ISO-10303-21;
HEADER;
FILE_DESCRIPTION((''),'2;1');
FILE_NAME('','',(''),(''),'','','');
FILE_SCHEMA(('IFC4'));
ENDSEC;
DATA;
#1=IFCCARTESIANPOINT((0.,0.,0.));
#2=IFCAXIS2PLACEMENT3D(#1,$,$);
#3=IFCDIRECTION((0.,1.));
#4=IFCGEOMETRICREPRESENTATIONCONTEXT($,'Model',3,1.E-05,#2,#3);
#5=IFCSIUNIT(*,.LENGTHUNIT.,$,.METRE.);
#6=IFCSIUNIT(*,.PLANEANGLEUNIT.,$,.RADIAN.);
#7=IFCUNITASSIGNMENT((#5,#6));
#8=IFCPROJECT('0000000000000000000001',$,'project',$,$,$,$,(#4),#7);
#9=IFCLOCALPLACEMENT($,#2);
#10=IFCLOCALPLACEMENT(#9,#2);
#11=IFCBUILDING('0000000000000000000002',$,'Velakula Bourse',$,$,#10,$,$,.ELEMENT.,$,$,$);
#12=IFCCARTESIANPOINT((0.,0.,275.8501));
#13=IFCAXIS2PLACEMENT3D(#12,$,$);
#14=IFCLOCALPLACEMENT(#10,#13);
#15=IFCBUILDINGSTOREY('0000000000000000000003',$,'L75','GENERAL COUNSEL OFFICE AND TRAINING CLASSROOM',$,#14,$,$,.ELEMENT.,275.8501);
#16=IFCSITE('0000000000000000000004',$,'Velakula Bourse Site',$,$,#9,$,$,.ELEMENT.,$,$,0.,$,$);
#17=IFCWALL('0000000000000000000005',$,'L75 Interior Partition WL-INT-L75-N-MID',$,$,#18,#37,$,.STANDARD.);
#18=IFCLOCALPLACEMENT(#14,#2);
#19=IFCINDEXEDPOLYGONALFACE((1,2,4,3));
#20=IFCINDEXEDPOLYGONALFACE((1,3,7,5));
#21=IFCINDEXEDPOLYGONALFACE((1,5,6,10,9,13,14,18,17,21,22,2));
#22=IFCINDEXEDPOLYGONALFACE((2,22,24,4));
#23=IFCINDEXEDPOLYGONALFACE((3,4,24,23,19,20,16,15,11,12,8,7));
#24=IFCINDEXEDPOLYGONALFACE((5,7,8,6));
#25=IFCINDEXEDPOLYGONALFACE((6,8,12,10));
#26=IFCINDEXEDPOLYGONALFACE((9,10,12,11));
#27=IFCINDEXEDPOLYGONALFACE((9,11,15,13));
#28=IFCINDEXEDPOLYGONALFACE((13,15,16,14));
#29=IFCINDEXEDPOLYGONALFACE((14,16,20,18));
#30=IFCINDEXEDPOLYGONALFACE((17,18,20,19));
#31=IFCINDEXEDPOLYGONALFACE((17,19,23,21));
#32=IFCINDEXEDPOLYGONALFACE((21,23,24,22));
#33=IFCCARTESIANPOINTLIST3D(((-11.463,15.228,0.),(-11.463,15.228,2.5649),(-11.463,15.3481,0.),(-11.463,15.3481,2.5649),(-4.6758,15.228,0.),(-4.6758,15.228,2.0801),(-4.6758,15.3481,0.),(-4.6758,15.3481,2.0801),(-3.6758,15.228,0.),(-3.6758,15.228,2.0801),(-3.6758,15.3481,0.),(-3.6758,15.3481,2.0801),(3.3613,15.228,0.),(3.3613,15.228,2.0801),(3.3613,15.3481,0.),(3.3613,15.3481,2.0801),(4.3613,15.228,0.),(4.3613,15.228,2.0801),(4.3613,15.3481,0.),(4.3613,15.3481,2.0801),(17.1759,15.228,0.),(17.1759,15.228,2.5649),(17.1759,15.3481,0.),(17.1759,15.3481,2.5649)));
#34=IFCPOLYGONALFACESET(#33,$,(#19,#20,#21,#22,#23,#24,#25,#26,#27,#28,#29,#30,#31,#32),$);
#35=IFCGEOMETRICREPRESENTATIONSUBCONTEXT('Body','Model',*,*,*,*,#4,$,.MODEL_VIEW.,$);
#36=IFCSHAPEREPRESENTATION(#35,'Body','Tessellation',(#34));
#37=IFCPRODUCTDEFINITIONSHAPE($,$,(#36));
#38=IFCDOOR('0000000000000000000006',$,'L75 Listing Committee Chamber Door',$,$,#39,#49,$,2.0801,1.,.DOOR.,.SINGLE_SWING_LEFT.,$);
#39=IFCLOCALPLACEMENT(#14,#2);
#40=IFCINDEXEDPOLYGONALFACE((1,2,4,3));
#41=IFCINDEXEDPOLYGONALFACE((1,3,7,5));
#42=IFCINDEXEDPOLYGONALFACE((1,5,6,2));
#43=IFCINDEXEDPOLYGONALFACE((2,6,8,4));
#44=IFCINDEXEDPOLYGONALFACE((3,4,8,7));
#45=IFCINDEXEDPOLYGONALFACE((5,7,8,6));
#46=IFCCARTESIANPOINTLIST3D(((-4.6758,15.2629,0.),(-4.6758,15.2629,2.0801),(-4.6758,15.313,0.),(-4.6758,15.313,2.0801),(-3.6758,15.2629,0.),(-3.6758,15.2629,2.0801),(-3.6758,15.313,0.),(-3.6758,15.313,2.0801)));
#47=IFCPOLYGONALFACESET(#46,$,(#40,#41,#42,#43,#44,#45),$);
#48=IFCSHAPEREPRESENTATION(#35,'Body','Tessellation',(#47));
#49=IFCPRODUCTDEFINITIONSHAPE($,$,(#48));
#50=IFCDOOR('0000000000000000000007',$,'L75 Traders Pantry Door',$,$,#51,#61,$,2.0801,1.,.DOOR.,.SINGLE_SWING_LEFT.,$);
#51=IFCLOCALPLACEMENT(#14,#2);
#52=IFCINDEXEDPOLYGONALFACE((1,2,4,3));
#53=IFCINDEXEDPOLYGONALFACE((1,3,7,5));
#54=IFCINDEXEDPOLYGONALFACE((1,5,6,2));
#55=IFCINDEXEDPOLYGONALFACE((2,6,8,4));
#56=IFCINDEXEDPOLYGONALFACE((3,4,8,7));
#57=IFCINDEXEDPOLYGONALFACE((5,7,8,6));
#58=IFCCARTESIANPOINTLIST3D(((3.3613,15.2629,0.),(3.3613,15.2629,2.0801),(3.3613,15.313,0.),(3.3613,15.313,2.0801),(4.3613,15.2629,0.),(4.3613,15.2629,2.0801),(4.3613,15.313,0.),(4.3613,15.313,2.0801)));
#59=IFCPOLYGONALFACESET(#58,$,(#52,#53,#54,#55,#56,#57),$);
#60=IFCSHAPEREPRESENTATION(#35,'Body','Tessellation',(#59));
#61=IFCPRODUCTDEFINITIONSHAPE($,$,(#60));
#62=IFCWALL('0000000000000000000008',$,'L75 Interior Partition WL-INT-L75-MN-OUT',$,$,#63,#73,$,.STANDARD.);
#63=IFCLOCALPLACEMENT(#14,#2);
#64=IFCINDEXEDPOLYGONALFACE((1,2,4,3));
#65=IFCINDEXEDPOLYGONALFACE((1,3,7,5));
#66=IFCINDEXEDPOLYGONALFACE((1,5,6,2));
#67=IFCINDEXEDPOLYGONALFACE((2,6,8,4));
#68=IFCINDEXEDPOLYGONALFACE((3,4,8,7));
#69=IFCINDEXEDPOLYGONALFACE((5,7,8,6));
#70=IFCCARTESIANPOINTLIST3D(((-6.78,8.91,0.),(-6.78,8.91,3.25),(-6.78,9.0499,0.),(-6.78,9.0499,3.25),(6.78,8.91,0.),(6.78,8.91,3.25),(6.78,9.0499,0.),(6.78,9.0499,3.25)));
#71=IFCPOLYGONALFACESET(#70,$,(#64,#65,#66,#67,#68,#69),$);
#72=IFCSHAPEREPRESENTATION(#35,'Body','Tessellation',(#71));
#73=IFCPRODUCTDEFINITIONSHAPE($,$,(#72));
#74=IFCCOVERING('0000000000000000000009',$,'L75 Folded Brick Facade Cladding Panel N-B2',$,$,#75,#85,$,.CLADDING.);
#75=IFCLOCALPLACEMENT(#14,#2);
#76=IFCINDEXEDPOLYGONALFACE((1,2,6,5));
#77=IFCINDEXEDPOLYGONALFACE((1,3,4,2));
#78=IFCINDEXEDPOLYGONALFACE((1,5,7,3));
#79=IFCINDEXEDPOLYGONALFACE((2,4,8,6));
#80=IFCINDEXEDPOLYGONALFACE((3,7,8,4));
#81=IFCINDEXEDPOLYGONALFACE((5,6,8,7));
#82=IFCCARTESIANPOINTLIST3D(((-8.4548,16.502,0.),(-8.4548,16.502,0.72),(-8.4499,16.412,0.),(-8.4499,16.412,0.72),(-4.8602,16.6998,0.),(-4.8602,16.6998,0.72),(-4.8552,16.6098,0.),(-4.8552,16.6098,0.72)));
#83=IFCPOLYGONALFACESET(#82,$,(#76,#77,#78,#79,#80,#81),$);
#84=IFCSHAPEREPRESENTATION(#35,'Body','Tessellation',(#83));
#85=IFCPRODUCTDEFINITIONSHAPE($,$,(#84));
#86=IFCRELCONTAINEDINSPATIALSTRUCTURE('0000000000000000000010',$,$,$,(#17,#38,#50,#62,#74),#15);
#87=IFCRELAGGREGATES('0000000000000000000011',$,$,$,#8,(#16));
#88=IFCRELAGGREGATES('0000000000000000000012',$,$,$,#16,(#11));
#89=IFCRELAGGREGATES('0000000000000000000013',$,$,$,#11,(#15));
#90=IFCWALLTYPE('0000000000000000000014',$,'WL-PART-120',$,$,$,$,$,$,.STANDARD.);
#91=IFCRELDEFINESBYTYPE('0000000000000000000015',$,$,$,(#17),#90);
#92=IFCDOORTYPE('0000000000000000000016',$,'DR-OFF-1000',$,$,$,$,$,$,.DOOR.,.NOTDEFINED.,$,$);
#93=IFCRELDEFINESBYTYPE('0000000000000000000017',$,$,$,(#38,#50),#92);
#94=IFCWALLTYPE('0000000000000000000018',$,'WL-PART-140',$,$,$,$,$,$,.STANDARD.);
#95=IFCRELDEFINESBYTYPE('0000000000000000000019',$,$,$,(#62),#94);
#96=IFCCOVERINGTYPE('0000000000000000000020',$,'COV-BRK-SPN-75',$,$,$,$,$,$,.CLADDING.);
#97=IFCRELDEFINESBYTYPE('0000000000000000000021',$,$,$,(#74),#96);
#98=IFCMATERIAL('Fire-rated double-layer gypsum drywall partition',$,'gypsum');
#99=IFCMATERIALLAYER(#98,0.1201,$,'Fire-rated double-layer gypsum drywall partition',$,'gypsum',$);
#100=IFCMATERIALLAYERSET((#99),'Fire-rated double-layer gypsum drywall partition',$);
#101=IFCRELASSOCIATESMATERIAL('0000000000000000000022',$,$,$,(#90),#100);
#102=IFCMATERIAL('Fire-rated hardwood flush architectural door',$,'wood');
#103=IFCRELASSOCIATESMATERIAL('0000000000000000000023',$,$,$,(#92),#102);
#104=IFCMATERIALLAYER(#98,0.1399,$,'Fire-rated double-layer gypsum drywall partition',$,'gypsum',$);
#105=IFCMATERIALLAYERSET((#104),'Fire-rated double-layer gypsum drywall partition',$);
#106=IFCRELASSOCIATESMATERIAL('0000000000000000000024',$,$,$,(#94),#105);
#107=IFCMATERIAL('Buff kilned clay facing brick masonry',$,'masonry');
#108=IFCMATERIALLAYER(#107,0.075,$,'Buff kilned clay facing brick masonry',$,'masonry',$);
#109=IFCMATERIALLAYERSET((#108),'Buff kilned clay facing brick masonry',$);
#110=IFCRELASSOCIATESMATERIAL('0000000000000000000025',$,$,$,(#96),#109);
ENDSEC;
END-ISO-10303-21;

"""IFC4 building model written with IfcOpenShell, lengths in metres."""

from ifc_helpers import new_model, si_unit, direction, frame, frame_2d, origin, origin_2d, place, context, subcontext, project, spatial, rectangle, extrude, material, layer, layer_set, type_object, element, fill, save


model = new_model("IFC4")

# Units and contexts
model_context = context("Model", 3, precision=1e-05, world=origin(), true_north=direction((0.0, 1.0)))
body_context = subcontext(model_context, "Body", "Model", "MODEL_VIEW")
ifc_project = project(units=[si_unit("LENGTHUNIT", "METRE"), si_unit("PLANEANGLEUNIT", "RADIAN")], contexts=[model_context])

# Site, building, storey
site_placement = place(None, origin())
site = spatial("IfcSite", under=ifc_project, at=site_placement, Name="Velakula Bourse Site", CompositionType="ELEMENT", RefElevation=0.0)
building_placement = place(site_placement, origin())
building = spatial("IfcBuilding", under=site, at=building_placement, Name="Velakula Bourse", CompositionType="ELEMENT")
storey_placement = place(building_placement, frame((0.0, 0.0, 275.8501)))
storey = spatial("IfcBuildingStorey", under=building, at=storey_placement, Name="L75", Description="GENERAL COUNSEL OFFICE AND TRAINING CLASSROOM", CompositionType="ELEMENT", Elevation=275.8501)

# Shared definitions
ifc_material_1 = material(Name="Buff kilned clay facing brick masonry", Category="masonry")

# Shared definitions
ifc_material_2 = material(Name="Fire-rated double-layer gypsum drywall partition", Category="gypsum")
ifc_layer_1 = layer(ifc_material_2, 0.1201, Name="Fire-rated double-layer gypsum drywall partition", Category="gypsum")
ifc_layer_set_1 = layer_set([ifc_layer_1], Name="Fire-rated double-layer gypsum drywall partition")
wall_type_1 = type_object("IfcWallType", Name="WL-PART-120", PredefinedType="STANDARD", material=ifc_layer_set_1)
ifc_material_3 = material(Name="Fire-rated hardwood flush architectural door", Category="wood")

# Wall, openings, doors
wall_1_placement = place(storey_placement, frame((-11.4629, 15.2881, 0.0), z_axis=(0.0, 0.0, 1.0), x_axis=(1.0, 0.0, 0.0)))
wall_1 = element("IfcWall", 1, at=wall_1_placement, inside=storey, type_object=wall_type_1, Name="L75 Interior Partition WL-INT-L75-N-MID", PredefinedType="STANDARD", context=body_context, shape_type="SweptSolid", body=[
    extrude(rectangle(XDim=28.6389, YDim=0.1201, at=frame_2d((14.3193, 0.0))), origin(), (0.0, 0.0, 1.0), 2.5649),
])
opening_1_placement = place(wall_1_placement, frame((6.7871, 0.0, 0.0)))
opening_1 = element("IfcOpeningElement", 2, at=opening_1_placement, cuts=wall_1, PredefinedType="OPENING", context=body_context, shape_type="SweptSolid", body=[
    extrude(rectangle(XDim=1.0, YDim=2.0801, at=frame_2d((0.5, 1.04))), frame((0.0, 0.0701, 0.0), z_axis=(0.0, -1.0, 0.0), x_axis=(1.0, 0.0, 0.0)), (0.0, 0.0, 1.0), 0.1401),
])
opening_2_placement = place(wall_1_placement, frame((14.8242, 0.0, 0.0)))
opening_2 = element("IfcOpeningElement", 3, at=opening_2_placement, cuts=wall_1, PredefinedType="OPENING", context=body_context, shape_type="SweptSolid", body=[
    extrude(rectangle(XDim=1.0, YDim=2.0801, at=frame_2d((0.5, 1.04))), frame((0.0, 0.0701, 0.0), z_axis=(0.0, -1.0, 0.0), x_axis=(1.0, 0.0, 0.0)), (0.0, 0.0, 1.0), 0.1401),
])
door_type_1 = type_object("IfcDoorType", Name="DR-OFF-1000", OperationType="NOTDEFINED", PredefinedType="DOOR", material=ifc_material_3)
door_1_placement = place(opening_1_placement, origin())
door_1 = element("IfcDoor", 4, at=door_1_placement, inside=storey, type_object=door_type_1, Name="L75 Listing Committee Chamber Door", OperationType="SINGLE_SWING_LEFT", OverallHeight=2.0801, OverallWidth=1.0, PredefinedType="DOOR", context=body_context, shape_type="SweptSolid", body=[
    extrude(rectangle(XDim=1.0, YDim=2.0801, at=frame_2d((0.5, 1.04))), frame((0.0, 0.0249, 0.0), z_axis=(0.0, -1.0, 0.0), x_axis=(1.0, 0.0, 0.0)), (0.0, 0.0, 1.0), 0.05),
])
fill(opening_1, door_1)
door_2_placement = place(opening_2_placement, origin())
door_2 = element("IfcDoor", 5, at=door_2_placement, inside=storey, type_object=door_type_1, Name="L75 Traders Pantry Door", OperationType="SINGLE_SWING_LEFT", OverallHeight=2.0801, OverallWidth=1.0, PredefinedType="DOOR", context=body_context, shape_type="SweptSolid", body=[
    extrude(rectangle(XDim=1.0, YDim=2.0801, at=frame_2d((0.5, 1.04))), frame((0.0, 0.0249, 0.0), z_axis=(0.0, -1.0, 0.0), x_axis=(1.0, 0.0, 0.0)), (0.0, 0.0, 1.0), 0.05),
])
fill(opening_2, door_2)

# Wall
ifc_layer_2 = layer(ifc_material_2, 0.1399, Name="Fire-rated double-layer gypsum drywall partition", Category="gypsum")
ifc_layer_set_2 = layer_set([ifc_layer_2], Name="Fire-rated double-layer gypsum drywall partition")
wall_type_2 = type_object("IfcWallType", Name="WL-PART-140", PredefinedType="STANDARD", material=ifc_layer_set_2)
wall_2_placement = place(storey_placement, frame((-6.78, 8.98, 0.0), z_axis=(0.0, 0.0, 1.0), x_axis=(1.0, 0.0, 0.0)))
element("IfcWall", 6, at=wall_2_placement, inside=storey, type_object=wall_type_2, Name="L75 Interior Partition WL-INT-L75-MN-OUT", PredefinedType="STANDARD", context=body_context, shape_type="SweptSolid", body=[
    extrude(rectangle(XDim=13.5601, YDim=0.1399, at=frame_2d((6.78, 0.0))), origin(), (0.0, 0.0, 1.0), 3.25),
])

# Covering
ifc_layer_3 = layer(ifc_material_1, 0.075, Name="Buff kilned clay facing brick masonry", Category="masonry")
ifc_layer_set_3 = layer_set([ifc_layer_3], Name="Buff kilned clay facing brick masonry")
covering_type = type_object("IfcCoveringType", Name="COV-BRK-SPN-75", PredefinedType="CLADDING", material=ifc_layer_set_3)
covering_placement = place(storey_placement, frame((-6.655, 16.5559, 0.0), z_axis=(0.0, 0.0, 1.0), x_axis=(0.998489, 0.05495, 0.0)))
element("IfcCovering", 7, at=covering_placement, inside=storey, type_object=covering_type, Name="L75 Folded Brick Facade Cladding Panel N-B2", PredefinedType="CLADDING", context=body_context, shape_type="SweptSolid", body=[
    extrude(rectangle(XDim=3.6001, YDim=0.0901, at=origin_2d()), origin(), (0.0, 0.0, 1.0), 0.72),
])

save(model, "model.ifc")
